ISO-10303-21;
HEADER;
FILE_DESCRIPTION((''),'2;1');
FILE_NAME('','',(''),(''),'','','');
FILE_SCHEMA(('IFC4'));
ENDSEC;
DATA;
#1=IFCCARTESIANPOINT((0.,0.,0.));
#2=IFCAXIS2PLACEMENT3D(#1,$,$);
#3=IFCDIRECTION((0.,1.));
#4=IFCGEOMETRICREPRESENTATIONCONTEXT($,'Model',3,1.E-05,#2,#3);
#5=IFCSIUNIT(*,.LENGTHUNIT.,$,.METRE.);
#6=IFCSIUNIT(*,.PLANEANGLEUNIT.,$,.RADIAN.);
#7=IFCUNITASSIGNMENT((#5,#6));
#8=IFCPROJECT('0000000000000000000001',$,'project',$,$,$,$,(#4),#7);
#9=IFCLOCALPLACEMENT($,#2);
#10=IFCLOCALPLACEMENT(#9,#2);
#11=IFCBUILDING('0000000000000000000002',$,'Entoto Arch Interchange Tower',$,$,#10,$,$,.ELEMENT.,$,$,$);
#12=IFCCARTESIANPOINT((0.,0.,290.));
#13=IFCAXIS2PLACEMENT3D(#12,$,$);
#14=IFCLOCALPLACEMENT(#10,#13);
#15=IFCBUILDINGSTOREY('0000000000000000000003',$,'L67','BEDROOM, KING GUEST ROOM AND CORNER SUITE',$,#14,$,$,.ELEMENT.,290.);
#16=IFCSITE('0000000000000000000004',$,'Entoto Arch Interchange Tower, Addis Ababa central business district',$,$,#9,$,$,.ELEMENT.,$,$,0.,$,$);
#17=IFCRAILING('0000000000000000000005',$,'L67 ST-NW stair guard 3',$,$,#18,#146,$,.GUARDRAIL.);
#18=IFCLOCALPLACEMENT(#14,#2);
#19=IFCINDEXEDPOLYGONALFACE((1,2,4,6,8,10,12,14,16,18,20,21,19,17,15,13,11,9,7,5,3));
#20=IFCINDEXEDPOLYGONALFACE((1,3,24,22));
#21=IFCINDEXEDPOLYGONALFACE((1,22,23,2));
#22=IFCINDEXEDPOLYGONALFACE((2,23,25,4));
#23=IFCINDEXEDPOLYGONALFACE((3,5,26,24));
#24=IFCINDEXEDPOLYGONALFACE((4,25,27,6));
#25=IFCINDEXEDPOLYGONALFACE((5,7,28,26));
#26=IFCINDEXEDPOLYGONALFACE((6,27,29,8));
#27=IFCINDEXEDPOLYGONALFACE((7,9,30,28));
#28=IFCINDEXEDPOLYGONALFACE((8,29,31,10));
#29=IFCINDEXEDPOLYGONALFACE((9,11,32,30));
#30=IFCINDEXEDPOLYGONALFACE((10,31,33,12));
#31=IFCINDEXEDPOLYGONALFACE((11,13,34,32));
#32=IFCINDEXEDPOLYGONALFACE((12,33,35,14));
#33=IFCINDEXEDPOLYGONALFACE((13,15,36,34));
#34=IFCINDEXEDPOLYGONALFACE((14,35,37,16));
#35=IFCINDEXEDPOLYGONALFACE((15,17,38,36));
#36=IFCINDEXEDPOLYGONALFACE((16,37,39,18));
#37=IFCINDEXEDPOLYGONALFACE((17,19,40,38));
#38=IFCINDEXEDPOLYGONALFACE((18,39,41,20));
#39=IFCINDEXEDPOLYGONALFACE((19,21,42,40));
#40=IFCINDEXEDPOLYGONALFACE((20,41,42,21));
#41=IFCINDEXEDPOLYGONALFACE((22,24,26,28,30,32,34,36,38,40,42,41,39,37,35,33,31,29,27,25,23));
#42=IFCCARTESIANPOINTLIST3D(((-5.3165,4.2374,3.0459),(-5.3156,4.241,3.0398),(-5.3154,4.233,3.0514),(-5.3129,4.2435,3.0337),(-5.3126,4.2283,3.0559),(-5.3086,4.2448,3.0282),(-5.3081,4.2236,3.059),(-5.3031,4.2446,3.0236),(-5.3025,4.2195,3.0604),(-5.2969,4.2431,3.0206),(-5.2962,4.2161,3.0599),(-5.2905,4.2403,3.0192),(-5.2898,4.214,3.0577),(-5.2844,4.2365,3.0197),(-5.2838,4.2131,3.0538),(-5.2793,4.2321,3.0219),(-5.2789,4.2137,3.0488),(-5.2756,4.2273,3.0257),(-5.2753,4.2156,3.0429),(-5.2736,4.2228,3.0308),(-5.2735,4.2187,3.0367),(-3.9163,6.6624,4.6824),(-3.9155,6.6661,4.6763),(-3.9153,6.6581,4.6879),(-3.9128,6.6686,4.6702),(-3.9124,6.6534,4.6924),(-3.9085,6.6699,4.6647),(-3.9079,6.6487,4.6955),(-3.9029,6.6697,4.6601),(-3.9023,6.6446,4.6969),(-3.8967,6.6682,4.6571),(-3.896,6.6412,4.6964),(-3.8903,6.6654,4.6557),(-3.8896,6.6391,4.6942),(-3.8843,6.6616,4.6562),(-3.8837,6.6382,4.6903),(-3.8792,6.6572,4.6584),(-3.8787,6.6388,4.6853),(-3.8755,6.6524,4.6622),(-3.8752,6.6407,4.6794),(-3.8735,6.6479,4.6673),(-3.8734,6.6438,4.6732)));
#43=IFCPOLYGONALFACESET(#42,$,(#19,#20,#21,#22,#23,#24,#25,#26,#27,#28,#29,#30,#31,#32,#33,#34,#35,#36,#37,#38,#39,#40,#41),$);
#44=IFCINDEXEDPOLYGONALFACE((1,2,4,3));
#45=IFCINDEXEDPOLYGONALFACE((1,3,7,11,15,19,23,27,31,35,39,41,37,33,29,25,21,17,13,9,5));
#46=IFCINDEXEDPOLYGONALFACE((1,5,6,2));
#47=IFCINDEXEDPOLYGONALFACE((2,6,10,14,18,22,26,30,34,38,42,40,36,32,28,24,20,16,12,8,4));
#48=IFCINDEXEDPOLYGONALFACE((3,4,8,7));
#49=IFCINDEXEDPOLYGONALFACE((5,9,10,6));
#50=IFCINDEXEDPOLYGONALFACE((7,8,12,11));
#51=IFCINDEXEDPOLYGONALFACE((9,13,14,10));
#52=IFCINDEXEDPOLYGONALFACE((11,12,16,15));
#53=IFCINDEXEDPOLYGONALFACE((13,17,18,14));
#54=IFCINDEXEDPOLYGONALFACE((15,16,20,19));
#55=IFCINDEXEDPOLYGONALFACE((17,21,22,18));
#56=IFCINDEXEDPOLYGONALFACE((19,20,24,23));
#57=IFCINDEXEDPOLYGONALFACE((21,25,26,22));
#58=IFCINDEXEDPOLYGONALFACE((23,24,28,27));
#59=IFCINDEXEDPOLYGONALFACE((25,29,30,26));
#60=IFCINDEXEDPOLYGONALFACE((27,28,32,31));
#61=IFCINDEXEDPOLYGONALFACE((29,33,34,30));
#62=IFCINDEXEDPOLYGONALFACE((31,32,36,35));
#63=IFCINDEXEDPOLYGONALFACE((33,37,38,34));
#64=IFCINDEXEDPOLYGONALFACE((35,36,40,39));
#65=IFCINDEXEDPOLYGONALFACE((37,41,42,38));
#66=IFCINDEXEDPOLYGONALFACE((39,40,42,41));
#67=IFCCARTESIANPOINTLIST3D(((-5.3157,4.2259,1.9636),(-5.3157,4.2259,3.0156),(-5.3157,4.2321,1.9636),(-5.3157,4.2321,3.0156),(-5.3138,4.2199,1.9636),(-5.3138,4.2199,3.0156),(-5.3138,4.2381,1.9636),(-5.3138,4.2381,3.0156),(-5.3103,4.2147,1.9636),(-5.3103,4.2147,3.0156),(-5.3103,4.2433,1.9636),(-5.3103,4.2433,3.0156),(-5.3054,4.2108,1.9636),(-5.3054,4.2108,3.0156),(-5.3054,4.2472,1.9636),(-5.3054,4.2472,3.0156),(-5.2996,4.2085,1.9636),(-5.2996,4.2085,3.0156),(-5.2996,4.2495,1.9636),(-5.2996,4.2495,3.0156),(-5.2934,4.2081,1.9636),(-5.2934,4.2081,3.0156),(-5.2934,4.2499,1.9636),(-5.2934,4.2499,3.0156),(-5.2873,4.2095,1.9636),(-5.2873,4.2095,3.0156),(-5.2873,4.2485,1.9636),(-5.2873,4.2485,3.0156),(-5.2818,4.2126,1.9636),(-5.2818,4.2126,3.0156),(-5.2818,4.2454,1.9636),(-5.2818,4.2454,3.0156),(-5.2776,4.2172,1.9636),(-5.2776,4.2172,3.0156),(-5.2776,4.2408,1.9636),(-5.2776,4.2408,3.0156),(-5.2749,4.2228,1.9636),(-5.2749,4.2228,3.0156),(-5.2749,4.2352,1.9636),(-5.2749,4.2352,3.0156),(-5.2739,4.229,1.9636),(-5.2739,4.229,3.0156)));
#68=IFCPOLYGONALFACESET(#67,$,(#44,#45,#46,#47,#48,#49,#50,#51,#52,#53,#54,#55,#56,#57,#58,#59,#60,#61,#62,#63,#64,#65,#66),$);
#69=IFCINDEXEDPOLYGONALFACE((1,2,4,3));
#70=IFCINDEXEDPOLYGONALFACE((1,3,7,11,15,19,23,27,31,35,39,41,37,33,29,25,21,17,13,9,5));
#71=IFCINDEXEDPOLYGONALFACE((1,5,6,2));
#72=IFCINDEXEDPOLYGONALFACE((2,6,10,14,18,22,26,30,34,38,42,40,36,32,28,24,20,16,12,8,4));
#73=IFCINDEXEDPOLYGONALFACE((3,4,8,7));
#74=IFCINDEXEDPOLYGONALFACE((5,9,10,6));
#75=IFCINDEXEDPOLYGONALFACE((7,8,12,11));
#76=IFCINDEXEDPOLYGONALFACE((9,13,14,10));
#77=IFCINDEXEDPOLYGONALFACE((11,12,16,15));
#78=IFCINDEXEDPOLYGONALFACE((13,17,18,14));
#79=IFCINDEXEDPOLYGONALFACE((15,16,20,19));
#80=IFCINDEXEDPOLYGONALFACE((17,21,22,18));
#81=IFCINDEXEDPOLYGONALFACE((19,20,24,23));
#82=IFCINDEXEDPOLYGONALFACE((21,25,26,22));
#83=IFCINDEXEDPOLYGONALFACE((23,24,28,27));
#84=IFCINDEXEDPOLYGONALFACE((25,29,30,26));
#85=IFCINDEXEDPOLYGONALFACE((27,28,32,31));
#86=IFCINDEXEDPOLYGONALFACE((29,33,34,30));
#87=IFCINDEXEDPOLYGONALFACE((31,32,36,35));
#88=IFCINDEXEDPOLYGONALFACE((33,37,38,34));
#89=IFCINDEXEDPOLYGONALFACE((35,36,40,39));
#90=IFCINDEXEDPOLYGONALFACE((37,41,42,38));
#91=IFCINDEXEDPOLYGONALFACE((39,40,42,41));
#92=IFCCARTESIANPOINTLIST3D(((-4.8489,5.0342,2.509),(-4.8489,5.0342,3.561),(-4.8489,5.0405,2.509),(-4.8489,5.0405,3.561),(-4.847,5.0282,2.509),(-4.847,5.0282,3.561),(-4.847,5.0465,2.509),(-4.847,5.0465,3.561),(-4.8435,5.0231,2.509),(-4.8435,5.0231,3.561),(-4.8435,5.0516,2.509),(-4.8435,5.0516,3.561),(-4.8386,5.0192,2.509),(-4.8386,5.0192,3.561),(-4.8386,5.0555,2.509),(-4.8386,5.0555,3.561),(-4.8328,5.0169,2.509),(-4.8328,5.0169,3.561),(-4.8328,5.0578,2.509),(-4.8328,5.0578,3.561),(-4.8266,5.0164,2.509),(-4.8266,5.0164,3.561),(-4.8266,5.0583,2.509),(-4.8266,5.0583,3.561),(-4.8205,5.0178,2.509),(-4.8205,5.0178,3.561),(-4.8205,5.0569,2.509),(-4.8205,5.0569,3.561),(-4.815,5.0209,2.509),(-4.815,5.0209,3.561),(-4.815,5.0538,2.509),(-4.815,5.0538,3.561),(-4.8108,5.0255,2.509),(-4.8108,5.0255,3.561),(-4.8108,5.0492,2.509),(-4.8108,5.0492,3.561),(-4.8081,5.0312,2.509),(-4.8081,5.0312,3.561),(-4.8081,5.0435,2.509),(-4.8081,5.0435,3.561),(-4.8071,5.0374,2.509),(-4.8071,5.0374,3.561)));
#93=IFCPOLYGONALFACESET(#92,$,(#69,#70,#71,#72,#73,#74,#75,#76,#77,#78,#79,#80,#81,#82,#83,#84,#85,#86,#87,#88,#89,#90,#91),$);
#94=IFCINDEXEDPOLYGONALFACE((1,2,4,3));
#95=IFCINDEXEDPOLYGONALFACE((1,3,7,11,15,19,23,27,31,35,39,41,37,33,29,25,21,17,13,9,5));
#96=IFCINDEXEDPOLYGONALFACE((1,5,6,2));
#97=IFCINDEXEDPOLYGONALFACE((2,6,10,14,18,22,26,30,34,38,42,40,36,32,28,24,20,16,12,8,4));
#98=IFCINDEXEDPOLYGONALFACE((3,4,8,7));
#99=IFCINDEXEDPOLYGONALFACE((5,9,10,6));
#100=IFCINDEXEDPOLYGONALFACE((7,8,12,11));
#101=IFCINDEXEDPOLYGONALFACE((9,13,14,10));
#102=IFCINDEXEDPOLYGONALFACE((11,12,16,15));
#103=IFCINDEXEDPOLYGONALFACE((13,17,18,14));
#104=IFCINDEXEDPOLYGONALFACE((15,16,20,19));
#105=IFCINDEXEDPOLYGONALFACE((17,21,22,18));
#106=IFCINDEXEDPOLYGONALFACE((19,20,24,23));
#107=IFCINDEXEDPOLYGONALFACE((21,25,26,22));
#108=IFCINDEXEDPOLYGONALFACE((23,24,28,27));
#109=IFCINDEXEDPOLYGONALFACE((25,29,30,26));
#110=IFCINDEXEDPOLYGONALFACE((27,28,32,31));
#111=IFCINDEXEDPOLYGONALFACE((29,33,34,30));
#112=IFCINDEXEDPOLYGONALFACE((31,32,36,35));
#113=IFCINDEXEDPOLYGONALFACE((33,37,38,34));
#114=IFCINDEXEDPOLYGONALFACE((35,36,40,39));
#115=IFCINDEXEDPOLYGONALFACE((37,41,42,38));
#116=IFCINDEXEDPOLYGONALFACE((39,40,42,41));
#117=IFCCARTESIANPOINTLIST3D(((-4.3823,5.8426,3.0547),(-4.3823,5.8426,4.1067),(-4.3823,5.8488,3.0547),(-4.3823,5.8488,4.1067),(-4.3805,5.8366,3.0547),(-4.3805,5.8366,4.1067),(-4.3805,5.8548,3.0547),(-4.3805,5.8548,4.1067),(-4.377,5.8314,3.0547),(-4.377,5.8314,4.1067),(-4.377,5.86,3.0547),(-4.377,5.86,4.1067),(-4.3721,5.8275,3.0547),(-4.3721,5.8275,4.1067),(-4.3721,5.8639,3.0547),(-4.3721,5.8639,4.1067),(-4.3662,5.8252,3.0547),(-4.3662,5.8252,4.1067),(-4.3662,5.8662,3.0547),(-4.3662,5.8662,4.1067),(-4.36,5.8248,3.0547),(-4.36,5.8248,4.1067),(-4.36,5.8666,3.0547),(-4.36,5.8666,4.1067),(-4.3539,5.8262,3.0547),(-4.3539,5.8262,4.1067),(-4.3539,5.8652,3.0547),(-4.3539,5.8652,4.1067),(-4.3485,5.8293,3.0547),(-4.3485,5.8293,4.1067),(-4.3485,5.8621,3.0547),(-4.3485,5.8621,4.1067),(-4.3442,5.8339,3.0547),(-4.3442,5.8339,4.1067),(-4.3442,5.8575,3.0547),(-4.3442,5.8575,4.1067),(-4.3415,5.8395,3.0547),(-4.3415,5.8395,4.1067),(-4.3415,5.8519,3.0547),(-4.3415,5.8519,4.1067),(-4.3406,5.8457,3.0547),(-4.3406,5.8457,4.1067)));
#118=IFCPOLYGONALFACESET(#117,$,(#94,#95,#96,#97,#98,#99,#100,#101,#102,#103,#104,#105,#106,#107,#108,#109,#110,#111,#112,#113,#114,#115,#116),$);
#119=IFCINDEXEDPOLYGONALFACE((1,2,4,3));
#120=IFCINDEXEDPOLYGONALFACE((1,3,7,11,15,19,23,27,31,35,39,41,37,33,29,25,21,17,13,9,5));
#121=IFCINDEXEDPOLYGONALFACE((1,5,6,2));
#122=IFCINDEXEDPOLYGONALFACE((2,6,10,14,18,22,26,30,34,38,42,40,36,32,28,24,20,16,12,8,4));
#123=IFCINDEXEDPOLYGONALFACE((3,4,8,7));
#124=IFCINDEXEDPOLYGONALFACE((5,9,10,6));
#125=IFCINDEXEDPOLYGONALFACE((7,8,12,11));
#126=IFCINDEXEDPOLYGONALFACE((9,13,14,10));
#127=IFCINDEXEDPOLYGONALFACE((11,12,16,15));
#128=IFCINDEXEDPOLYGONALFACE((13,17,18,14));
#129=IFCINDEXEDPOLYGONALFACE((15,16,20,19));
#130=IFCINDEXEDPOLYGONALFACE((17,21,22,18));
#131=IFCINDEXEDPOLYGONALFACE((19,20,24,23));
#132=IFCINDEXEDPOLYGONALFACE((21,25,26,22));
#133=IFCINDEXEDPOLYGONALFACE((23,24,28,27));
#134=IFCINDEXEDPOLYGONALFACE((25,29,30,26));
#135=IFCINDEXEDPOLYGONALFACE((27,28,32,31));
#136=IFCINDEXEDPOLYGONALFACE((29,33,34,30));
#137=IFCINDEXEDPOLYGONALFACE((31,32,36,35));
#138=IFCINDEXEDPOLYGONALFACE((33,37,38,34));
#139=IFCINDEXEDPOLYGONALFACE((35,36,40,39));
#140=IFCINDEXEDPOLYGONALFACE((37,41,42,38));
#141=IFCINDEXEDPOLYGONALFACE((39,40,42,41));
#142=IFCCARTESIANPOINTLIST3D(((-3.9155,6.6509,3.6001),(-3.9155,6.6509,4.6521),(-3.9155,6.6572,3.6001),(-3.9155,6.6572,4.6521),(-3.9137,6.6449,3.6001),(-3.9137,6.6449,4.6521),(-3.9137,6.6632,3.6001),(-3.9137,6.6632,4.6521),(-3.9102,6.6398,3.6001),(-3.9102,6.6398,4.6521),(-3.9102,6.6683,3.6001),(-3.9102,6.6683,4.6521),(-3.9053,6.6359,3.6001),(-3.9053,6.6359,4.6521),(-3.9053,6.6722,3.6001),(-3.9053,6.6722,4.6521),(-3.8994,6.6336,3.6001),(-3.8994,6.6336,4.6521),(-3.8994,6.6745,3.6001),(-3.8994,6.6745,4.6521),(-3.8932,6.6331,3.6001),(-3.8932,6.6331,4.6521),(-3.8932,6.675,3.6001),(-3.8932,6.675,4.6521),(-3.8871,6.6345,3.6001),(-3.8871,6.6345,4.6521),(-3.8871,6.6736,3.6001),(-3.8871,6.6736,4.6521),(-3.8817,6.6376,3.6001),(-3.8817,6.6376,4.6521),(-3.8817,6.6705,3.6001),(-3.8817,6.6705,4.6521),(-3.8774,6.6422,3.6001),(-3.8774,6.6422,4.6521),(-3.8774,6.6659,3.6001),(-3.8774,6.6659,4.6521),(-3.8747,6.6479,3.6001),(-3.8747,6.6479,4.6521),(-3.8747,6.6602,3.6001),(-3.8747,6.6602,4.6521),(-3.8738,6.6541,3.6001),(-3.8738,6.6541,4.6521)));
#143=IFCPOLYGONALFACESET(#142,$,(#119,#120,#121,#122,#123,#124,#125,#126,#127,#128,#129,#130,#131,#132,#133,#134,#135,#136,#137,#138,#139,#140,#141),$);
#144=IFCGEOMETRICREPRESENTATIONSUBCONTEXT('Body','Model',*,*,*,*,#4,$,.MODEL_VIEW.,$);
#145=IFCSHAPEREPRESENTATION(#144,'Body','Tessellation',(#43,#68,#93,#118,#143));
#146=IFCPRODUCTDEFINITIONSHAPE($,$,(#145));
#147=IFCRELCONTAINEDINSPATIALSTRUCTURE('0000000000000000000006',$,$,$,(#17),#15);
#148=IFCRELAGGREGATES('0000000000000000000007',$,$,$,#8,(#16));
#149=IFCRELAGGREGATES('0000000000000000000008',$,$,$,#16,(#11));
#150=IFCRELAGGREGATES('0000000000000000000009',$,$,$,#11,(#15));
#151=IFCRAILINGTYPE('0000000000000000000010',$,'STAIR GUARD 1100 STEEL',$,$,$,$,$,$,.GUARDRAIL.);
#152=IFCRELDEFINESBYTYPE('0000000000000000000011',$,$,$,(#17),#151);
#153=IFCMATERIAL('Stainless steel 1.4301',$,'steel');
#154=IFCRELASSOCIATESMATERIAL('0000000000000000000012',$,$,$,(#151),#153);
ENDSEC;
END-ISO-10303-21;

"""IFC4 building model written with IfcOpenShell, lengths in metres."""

from ifc_helpers import new_model, si_unit, direction, frame, origin, origin_2d, place, context, subcontext, project, spatial, circle, extrude, material, type_object, element, save


model = new_model("IFC4")

# Units and contexts
model_context = context("Model", 3, precision=1e-05, world=origin(), true_north=direction((0.0, 1.0)))
body_context = subcontext(model_context, "Body", "Model", "MODEL_VIEW")
ifc_project = project(units=[si_unit("LENGTHUNIT", "METRE"), si_unit("PLANEANGLEUNIT", "RADIAN")], contexts=[model_context])

# Site, building, storey
site_placement = place(None, origin())
site = spatial("IfcSite", under=ifc_project, at=site_placement, Name="Entoto Arch Interchange Tower, Addis Ababa central business district", CompositionType="ELEMENT", RefElevation=0.0)
building_placement = place(site_placement, origin())
building = spatial("IfcBuilding", under=site, at=building_placement, Name="Entoto Arch Interchange Tower", CompositionType="ELEMENT")
storey_placement = place(building_placement, frame((0.0, 0.0, 290.0)))
storey = spatial("IfcBuildingStorey", under=building, at=storey_placement, Name="L67", Description="BEDROOM, KING GUEST ROOM AND CORNER SUITE", CompositionType="ELEMENT", Elevation=290.0)

# Railing
ifc_material_1 = material(Name="Stainless steel 1.4301", Category="steel")
railing_type_1 = type_object("IfcRailingType", Name="STAIR GUARD 1100 STEEL", PredefinedType="GUARDRAIL", material=ifc_material_1)
railing_1_placement = place(storey_placement, frame((-5.2949, 4.229, 1.9636)))
element("IfcRailing", 1, at=railing_1_placement, inside=storey, type_object=railing_type_1, Name="L67 ST-NW stair guard 3", PredefinedType="GUARDRAIL", context=body_context, shape_type="SweptSolid", body=[
    extrude(circle(Radius=0.0239, at=origin_2d()), frame((0.0, 0.0, 1.0762), z_axis=(0.431698, 0.747699, 0.504563), x_axis=(-0.866019, 0.500012, 0.0)), (0.0, 0.0, 1.0), 3.2434),
    extrude(circle(Radius=0.021, at=origin_2d()), origin(), (0.0, 0.0, 1.0), 1.052),
    extrude(circle(Radius=0.021, at=origin_2d()), frame((0.4668, 0.8083, 0.5454)), (0.0, 0.0, 1.0), 1.052),
    extrude(circle(Radius=0.021, at=origin_2d()), frame((0.9333, 1.6167, 1.0911)), (0.0, 0.0, 1.0), 1.052),
    extrude(circle(Radius=0.021, at=origin_2d()), frame((1.4001, 2.425, 1.6365)), (0.0, 0.0, 1.0), 1.052),
])

save(model, "model.ifc")
